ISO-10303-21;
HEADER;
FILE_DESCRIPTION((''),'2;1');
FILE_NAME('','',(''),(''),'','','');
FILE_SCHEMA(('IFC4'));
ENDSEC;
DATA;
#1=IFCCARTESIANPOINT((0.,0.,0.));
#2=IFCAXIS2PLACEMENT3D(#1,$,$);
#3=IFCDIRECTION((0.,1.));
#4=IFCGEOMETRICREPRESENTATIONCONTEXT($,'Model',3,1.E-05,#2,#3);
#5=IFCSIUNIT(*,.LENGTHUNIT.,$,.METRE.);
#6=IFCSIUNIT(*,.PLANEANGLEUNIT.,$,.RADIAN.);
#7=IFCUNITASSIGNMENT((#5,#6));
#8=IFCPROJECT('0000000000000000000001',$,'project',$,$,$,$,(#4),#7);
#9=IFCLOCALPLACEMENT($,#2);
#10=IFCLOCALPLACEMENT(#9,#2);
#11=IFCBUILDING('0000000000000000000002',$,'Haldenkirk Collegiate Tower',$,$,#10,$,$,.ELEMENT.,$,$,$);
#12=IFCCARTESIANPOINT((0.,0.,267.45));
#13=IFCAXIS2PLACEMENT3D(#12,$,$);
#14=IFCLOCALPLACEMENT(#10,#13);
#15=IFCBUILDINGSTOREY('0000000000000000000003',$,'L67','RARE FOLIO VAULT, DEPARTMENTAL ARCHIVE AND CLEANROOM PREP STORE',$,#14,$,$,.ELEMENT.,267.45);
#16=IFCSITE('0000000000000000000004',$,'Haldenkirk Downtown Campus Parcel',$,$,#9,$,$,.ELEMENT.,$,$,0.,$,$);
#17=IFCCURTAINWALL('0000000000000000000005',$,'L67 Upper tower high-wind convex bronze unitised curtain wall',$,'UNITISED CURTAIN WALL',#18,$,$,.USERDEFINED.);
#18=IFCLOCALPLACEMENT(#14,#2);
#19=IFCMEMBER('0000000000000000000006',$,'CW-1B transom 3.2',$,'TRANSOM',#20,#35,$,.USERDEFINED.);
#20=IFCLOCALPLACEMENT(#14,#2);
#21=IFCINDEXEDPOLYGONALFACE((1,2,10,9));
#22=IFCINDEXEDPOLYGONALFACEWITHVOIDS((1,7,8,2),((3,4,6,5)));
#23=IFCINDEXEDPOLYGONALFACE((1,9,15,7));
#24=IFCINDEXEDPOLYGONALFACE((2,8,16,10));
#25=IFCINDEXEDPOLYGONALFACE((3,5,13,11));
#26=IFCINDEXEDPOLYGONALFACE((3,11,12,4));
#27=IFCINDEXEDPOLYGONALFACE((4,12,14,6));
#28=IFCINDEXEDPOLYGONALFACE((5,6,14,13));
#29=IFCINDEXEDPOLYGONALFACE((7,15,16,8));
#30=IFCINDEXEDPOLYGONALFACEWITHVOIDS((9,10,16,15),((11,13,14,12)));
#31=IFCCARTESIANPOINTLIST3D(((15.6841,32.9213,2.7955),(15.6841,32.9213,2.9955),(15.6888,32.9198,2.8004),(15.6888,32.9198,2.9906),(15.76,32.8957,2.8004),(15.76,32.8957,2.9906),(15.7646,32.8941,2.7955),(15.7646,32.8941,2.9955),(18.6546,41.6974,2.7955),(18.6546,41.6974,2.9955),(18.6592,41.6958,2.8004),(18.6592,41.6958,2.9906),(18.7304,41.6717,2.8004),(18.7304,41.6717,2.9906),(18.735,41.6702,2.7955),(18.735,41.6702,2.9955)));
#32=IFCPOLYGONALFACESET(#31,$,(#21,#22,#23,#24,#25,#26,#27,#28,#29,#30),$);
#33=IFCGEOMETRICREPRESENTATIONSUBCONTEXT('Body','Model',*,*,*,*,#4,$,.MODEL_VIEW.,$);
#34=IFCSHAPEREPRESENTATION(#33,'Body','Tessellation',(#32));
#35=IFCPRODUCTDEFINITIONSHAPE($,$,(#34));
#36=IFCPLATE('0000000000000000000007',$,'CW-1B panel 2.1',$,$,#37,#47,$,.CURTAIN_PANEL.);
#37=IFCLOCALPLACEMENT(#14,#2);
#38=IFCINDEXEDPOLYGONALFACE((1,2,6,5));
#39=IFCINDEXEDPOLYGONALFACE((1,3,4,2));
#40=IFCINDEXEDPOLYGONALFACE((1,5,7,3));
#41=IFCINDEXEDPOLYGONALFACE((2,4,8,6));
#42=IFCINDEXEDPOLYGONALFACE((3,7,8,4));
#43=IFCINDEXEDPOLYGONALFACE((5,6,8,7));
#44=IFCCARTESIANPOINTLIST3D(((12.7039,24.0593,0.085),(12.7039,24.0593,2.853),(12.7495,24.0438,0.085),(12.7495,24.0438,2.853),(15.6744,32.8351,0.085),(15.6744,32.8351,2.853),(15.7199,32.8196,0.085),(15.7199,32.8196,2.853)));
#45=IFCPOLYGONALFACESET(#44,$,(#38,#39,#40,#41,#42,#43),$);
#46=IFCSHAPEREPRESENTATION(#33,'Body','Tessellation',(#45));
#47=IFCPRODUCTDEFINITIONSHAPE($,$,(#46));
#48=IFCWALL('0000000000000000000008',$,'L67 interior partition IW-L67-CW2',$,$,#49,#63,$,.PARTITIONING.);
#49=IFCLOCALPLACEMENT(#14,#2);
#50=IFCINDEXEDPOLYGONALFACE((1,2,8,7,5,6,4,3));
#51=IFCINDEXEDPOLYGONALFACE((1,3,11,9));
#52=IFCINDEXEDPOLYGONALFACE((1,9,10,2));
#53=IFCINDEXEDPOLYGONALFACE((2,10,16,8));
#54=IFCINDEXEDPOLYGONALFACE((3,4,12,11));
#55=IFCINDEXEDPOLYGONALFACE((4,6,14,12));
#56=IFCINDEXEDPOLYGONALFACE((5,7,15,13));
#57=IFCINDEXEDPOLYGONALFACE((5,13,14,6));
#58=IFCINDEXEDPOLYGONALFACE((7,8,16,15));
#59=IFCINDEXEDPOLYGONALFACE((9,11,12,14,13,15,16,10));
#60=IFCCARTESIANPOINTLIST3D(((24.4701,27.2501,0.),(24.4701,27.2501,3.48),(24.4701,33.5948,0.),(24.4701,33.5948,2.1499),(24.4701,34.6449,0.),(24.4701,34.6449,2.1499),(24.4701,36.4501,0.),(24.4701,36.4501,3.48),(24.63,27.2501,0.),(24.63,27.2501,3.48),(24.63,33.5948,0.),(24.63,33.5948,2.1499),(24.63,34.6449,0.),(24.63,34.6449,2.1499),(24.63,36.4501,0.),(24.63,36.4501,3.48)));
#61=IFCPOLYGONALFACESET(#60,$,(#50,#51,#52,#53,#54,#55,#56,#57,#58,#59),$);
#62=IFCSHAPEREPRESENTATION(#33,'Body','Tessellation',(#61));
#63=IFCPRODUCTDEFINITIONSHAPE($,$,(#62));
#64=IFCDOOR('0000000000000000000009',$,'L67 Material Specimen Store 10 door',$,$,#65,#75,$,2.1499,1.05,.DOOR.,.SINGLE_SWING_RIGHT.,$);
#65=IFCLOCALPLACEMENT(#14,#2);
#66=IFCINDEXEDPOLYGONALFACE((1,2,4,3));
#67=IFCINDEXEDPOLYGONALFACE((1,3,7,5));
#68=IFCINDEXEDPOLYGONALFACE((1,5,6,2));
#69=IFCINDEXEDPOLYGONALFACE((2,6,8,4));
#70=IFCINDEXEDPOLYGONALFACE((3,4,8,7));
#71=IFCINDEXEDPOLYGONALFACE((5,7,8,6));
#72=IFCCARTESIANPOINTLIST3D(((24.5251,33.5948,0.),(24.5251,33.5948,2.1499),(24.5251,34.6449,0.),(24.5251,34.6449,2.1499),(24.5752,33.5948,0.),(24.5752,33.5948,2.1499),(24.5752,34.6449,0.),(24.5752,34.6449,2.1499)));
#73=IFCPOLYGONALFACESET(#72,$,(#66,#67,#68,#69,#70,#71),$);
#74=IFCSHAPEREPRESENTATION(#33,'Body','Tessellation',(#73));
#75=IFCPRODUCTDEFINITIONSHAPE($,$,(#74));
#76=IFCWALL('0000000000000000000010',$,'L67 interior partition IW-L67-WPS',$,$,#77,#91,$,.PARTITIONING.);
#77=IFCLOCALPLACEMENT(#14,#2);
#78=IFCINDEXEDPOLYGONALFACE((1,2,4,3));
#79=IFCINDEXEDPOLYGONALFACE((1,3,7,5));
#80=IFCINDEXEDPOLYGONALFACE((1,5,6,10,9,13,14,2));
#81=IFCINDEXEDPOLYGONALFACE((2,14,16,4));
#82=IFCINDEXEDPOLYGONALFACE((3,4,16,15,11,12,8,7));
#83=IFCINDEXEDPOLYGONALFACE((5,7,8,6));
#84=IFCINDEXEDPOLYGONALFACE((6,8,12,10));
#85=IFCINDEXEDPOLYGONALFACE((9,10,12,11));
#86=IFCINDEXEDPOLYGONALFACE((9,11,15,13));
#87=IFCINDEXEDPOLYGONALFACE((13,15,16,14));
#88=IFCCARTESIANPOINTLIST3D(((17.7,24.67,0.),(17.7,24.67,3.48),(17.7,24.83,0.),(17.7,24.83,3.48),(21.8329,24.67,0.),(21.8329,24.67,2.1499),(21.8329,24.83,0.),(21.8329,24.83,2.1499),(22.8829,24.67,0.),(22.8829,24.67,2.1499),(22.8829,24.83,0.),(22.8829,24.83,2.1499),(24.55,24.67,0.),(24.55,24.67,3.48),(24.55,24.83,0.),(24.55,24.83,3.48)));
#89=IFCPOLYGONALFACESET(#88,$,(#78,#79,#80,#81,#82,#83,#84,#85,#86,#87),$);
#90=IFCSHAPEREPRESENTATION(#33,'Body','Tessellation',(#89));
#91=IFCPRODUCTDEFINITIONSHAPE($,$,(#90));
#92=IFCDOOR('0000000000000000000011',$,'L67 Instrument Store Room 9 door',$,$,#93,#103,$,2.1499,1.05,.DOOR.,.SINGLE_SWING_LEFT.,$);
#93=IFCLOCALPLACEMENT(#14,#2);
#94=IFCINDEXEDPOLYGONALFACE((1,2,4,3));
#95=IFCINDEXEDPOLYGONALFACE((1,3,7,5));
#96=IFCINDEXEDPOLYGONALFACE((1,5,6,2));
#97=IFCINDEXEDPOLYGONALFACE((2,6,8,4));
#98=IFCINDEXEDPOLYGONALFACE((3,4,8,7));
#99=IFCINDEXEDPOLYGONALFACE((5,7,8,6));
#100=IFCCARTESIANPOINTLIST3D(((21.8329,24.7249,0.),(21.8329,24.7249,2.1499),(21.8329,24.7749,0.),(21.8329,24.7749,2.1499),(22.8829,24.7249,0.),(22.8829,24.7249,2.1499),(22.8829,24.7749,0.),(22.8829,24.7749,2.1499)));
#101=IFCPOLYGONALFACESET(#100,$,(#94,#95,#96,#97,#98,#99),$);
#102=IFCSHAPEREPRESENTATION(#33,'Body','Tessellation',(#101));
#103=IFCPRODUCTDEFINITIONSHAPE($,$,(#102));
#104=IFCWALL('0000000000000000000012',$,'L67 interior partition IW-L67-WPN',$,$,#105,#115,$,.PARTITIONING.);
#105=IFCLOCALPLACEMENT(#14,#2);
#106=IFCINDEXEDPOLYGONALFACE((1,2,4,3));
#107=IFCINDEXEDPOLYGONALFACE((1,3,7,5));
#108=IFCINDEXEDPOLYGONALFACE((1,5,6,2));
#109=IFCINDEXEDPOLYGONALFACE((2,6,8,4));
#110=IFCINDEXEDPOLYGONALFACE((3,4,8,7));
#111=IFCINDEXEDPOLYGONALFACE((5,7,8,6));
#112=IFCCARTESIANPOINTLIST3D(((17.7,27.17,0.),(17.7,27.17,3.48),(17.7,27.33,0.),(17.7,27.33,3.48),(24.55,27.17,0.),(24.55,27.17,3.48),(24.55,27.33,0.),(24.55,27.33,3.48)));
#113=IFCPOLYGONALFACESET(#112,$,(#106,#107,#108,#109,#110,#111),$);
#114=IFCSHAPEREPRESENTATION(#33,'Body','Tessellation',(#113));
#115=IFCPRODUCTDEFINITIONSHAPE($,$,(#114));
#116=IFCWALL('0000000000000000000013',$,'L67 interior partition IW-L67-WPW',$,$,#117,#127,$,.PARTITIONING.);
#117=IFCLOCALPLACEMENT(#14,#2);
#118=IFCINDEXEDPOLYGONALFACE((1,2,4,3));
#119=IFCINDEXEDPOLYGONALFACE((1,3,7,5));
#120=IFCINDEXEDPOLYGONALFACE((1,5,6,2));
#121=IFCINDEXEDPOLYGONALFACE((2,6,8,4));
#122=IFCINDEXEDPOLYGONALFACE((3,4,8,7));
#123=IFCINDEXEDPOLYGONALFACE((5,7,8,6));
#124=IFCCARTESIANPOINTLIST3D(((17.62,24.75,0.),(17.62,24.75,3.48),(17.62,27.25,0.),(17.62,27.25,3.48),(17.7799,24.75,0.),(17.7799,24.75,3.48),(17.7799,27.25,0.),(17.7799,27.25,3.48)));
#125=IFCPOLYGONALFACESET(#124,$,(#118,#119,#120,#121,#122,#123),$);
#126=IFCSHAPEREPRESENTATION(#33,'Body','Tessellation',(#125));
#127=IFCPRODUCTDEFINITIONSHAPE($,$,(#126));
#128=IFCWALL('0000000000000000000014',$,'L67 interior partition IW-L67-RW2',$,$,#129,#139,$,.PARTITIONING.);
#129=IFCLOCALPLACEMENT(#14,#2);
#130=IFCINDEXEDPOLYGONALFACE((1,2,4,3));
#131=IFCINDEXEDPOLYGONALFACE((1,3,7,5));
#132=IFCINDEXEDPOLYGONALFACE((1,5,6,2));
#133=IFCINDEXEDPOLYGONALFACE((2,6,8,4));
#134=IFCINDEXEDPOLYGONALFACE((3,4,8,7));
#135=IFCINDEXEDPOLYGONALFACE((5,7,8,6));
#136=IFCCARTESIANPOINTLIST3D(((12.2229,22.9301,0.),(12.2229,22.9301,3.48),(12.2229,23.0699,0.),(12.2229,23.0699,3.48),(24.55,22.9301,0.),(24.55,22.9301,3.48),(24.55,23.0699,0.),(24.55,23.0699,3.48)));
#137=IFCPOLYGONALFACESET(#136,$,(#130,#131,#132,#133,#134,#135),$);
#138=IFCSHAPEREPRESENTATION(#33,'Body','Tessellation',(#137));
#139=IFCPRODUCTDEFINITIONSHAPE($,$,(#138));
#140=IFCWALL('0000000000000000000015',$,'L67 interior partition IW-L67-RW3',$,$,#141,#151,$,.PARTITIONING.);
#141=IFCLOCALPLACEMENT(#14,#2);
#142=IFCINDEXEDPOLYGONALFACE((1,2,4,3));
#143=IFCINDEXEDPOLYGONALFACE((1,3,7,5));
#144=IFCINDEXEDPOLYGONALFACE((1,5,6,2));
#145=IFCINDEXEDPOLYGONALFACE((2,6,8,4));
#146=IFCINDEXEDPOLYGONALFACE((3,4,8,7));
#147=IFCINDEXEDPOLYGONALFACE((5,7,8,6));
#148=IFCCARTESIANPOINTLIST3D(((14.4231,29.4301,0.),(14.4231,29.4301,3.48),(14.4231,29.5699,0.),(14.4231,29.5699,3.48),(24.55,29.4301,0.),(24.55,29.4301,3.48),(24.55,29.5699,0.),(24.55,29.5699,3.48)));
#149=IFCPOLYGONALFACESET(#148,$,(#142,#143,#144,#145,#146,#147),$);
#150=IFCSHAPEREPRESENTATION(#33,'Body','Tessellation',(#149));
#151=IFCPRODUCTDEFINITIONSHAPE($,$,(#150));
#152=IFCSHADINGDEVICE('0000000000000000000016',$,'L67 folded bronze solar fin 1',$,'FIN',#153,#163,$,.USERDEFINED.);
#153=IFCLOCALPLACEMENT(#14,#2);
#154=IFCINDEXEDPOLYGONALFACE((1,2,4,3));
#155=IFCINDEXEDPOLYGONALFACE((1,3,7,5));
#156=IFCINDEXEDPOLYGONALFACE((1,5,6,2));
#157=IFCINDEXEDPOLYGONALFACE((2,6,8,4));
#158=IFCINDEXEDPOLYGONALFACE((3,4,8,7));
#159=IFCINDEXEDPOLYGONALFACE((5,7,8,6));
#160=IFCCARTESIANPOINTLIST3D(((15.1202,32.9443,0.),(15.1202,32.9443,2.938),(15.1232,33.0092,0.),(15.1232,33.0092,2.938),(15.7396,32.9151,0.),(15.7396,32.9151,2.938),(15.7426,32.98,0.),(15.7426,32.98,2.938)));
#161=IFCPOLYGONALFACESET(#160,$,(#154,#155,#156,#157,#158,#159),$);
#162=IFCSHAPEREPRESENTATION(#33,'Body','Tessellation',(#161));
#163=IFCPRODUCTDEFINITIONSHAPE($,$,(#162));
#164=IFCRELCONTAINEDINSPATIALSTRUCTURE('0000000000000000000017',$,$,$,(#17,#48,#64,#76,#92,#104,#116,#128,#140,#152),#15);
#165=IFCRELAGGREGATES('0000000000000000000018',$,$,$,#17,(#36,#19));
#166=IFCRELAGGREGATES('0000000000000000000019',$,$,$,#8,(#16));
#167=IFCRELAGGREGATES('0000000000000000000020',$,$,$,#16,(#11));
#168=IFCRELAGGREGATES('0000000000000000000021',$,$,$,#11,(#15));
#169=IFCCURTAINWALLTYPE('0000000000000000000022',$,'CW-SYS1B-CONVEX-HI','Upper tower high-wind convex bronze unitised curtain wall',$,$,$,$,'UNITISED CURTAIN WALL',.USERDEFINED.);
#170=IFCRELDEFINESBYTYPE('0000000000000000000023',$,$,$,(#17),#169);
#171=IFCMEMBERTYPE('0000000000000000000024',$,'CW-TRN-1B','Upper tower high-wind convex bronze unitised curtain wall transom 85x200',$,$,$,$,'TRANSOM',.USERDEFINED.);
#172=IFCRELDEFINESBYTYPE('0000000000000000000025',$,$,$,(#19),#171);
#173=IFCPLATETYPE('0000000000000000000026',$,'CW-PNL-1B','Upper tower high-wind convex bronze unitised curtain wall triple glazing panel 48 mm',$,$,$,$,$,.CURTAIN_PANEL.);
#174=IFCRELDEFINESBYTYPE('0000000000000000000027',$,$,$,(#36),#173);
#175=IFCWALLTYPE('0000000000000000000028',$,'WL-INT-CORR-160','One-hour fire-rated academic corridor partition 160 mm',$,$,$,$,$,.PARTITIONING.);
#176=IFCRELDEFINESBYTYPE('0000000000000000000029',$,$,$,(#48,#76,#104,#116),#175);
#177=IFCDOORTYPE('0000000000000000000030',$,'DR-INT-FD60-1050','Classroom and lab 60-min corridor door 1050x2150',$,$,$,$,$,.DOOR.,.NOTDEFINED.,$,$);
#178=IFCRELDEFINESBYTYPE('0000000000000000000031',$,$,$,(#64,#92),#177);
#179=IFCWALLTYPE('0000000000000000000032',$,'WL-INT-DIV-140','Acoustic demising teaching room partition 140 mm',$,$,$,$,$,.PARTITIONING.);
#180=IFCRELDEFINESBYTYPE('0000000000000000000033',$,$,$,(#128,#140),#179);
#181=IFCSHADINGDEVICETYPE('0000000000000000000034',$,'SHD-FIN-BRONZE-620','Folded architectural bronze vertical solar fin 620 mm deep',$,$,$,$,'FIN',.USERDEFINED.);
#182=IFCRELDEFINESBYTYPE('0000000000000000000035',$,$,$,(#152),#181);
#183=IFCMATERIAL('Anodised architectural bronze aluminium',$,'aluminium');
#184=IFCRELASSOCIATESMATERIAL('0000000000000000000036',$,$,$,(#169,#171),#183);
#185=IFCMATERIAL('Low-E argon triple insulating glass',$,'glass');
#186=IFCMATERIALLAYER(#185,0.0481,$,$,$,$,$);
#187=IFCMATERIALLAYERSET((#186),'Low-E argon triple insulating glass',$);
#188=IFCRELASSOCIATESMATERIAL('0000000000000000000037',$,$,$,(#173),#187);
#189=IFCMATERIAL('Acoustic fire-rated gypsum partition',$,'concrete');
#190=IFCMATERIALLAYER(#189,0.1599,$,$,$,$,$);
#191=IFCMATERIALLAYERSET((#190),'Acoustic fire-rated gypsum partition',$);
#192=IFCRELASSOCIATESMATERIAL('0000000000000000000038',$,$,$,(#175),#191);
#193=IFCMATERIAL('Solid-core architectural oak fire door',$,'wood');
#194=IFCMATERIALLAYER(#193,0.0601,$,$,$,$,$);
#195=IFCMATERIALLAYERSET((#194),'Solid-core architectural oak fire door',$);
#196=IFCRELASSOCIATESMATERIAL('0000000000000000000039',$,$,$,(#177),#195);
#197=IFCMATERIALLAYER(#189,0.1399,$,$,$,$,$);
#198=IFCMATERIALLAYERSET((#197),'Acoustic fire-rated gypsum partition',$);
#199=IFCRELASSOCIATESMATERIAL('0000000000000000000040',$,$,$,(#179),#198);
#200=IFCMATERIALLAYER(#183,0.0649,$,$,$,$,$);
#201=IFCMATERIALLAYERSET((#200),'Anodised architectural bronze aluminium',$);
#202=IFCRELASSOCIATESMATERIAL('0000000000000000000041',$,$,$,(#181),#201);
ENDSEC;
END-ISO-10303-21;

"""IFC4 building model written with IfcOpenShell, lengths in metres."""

from ifc_helpers import new_model, si_unit, direction, frame, frame_2d, origin, origin_2d, place, context, subcontext, project, spatial, rectangle, hollow_rectangle, extrude, source, transform, mapped, material, layer, layer_set, material_profile, profile_set, type_object, element, fill, aggregate, save


model = new_model("IFC4")

# Units and contexts
model_context = context("Model", 3, precision=1e-05, world=origin(), true_north=direction((0.0, 1.0)))
body_context = subcontext(model_context, "Body", "Model", "MODEL_VIEW")
ifc_project = project(units=[si_unit("LENGTHUNIT", "METRE"), si_unit("PLANEANGLEUNIT", "RADIAN")], contexts=[model_context])

# Site, building, storey
site_placement = place(None, origin())
site = spatial("IfcSite", under=ifc_project, at=site_placement, Name="Haldenkirk Downtown Campus Parcel", CompositionType="ELEMENT", RefElevation=0.0)
building_placement = place(site_placement, origin())
building = spatial("IfcBuilding", under=site, at=building_placement, Name="Haldenkirk Collegiate Tower", CompositionType="ELEMENT")
storey_placement = place(building_placement, frame((0.0, 0.0, 267.45)))
storey = spatial("IfcBuildingStorey", under=building, at=storey_placement, Name="L67", Description="RARE FOLIO VAULT, DEPARTMENTAL ARCHIVE AND CLEANROOM PREP STORE", CompositionType="ELEMENT", Elevation=267.45)

# Curtain wall, member, plate
ifc_material_1 = material(Name="Anodised architectural bronze aluminium", Category="aluminium")
curtain_wall_type = type_object("IfcCurtainWallType", Name="CW-SYS1B-CONVEX-HI", Description="Upper tower high-wind convex bronze unitised curtain wall", ElementType="UNITISED CURTAIN WALL", PredefinedType="USERDEFINED", material=ifc_material_1)
curtain_wall_placement = place(storey_placement, origin())
curtain_wall = element("IfcCurtainWall", 1, at=curtain_wall_placement, inside=storey, type_object=curtain_wall_type, Name="L67 Upper tower high-wind convex bronze unitised curtain wall", ObjectType="UNITISED CURTAIN WALL", PredefinedType="USERDEFINED")
ifc_material_profile_1 = material_profile(ifc_material_1, hollow_rectangle(XDim=0.085, YDim=0.2, WallThickness=0.0049, at=origin_2d()), Name="CW-TRN-1B")
ifc_profile_set_1 = profile_set([ifc_material_profile_1], Name="Anodised architectural bronze aluminium")
member_type_1 = type_object("IfcMemberType", Name="CW-TRN-1B", Description="Upper tower high-wind convex bronze unitised curtain wall transom 85x200", ElementType="TRANSOM", PredefinedType="USERDEFINED", material=ifc_profile_set_1)
member_1_placement = place(storey_placement, frame((15.7244, 32.9077, 2.8955), z_axis=(0.320604, 0.947213, 0.0), x_axis=(-0.947213, 0.320604, 0.0)))
member_1 = element("IfcMember", 2, at=member_1_placement, type_object=member_type_1, Name="CW-1B transom 3.2", ObjectType="TRANSOM", PredefinedType="USERDEFINED", context=body_context, shape_type="SweptSolid", body=[
    extrude(hollow_rectangle(XDim=0.085, YDim=0.2, WallThickness=0.0049, at=origin_2d()), origin(), (0.0, 0.0, 1.0), 9.2651),
])
ifc_material_2 = material(Name="Low-E argon triple insulating glass", Category="glass")
ifc_layer_1 = layer(ifc_material_2, 0.0481)
ifc_layer_set_1 = layer_set([ifc_layer_1], Name="Low-E argon triple insulating glass")
plate_type = type_object("IfcPlateType", Name="CW-PNL-1B", Description="Upper tower high-wind convex bronze unitised curtain wall triple glazing panel 48 mm", PredefinedType="CURTAIN_PANEL", material=ifc_layer_set_1)
shared_shape_1 = source(origin(), body_context, "Body", "SweptSolid", [
    extrude(rectangle(XDim=9.2649, YDim=0.0481, at=origin_2d()), origin(), (0.0, 0.0, 1.0), 2.7681),
])
plate_placement = place(storey_placement, frame((14.2119, 28.4395, 0.085), z_axis=(0.0, 0.0, 1.0), x_axis=(0.320612, 0.947211, 0.0)))
plate = element("IfcPlate", 3, at=plate_placement, type_object=plate_type, Name="CW-1B panel 2.1", PredefinedType="CURTAIN_PANEL", context=body_context, shape_type="MappedRepresentation", body=[
    mapped(shared_shape_1, transform((0.0, 0.0, 0.0), x_axis=(1.0, 0.0, 0.0), y_axis=(0.0, 1.0, 0.0), z_axis=(0.0, 0.0, 1.0), scale=1.0)),
])
aggregate(curtain_wall, [plate, member_1])

# Walls, openings, doors
ifc_material_3 = material(Name="Acoustic fire-rated gypsum partition", Category="concrete")
ifc_layer_2 = layer(ifc_material_3, 0.1599)
ifc_layer_set_2 = layer_set([ifc_layer_2], Name="Acoustic fire-rated gypsum partition")
wall_type_1 = type_object("IfcWallType", Name="WL-INT-CORR-160", Description="One-hour fire-rated academic corridor partition 160 mm", PredefinedType="PARTITIONING", material=ifc_layer_set_2)
wall_1_placement = place(storey_placement, frame((24.55, 27.25, 0.0), z_axis=(0.0, 0.0, 1.0), x_axis=(0.0, 1.0, 0.0)))
wall_1 = element("IfcWall", 4, at=wall_1_placement, inside=storey, type_object=wall_type_1, Name="L67 interior partition IW-L67-CW2", PredefinedType="PARTITIONING", context=body_context, shape_type="SweptSolid", body=[
    extrude(rectangle(XDim=9.2, YDim=0.1599, at=frame_2d((4.6001, 0.0))), origin(), (0.0, 0.0, 1.0), 3.48),
])
opening_1_placement = place(wall_1_placement, frame((6.345, 0.0, 0.0)))
opening_1 = element("IfcOpeningElement", 5, at=opening_1_placement, cuts=wall_1, PredefinedType="OPENING", context=body_context, shape_type="SweptSolid", body=[
    extrude(rectangle(XDim=1.05, YDim=2.1499, at=frame_2d((0.5249, 1.075))), frame((0.0, 0.0898, 0.0), z_axis=(0.0, -1.0, 0.0), x_axis=(1.0, 0.0, 0.0)), (0.0, 0.0, 1.0), 0.1799),
])
ifc_material_4 = material(Name="Solid-core architectural oak fire door", Category="wood")
ifc_layer_3 = layer(ifc_material_4, 0.0601)
ifc_layer_set_3 = layer_set([ifc_layer_3], Name="Solid-core architectural oak fire door")
door_type = type_object("IfcDoorType", Name="DR-INT-FD60-1050", Description="Classroom and lab 60-min corridor door 1050x2150", OperationType="NOTDEFINED", PredefinedType="DOOR", material=ifc_layer_set_3)
door_1_placement = place(opening_1_placement, origin())
door_1 = element("IfcDoor", 6, at=door_1_placement, inside=storey, type_object=door_type, Name="L67 Material Specimen Store 10 door", OperationType="SINGLE_SWING_RIGHT", OverallHeight=2.1499, OverallWidth=1.05, PredefinedType="DOOR", context=body_context, shape_type="SweptSolid", body=[
    extrude(rectangle(XDim=1.05, YDim=2.1499, at=frame_2d((0.5249, 1.075))), frame((0.0, 0.0249, 0.0), z_axis=(0.0, -1.0, 0.0), x_axis=(1.0, 0.0, 0.0)), (0.0, 0.0, 1.0), 0.05),
])
fill(opening_1, door_1)
wall_2_placement = place(storey_placement, frame((17.7, 24.75, 0.0), z_axis=(0.0, 0.0, 1.0), x_axis=(1.0, 0.0, 0.0)))
wall_2 = element("IfcWall", 7, at=wall_2_placement, inside=storey, type_object=wall_type_1, Name="L67 interior partition IW-L67-WPS", PredefinedType="PARTITIONING", context=body_context, shape_type="SweptSolid", body=[
    extrude(rectangle(XDim=6.8501, YDim=0.1599, at=frame_2d((3.425, 0.0))), origin(), (0.0, 0.0, 1.0), 3.48),
])
opening_2_placement = place(wall_2_placement, frame((4.1331, 0.0, 0.0)))
opening_2 = element("IfcOpeningElement", 8, at=opening_2_placement, cuts=wall_2, PredefinedType="OPENING", context=body_context, shape_type="SweptSolid", body=[
    extrude(rectangle(XDim=1.05, YDim=2.1499, at=frame_2d((0.5249, 1.075))), frame((0.0, 0.0898, 0.0), z_axis=(0.0, -1.0, 0.0), x_axis=(1.0, 0.0, 0.0)), (0.0, 0.0, 1.0), 0.1799),
])
door_2_placement = place(opening_2_placement, origin())
door_2 = element("IfcDoor", 9, at=door_2_placement, inside=storey, type_object=door_type, Name="L67 Instrument Store Room 9 door", OperationType="SINGLE_SWING_LEFT", OverallHeight=2.1499, OverallWidth=1.05, PredefinedType="DOOR", context=body_context, shape_type="SweptSolid", body=[
    extrude(rectangle(XDim=1.05, YDim=2.1499, at=frame_2d((0.5249, 1.075))), frame((0.0, 0.0249, 0.0), z_axis=(0.0, -1.0, 0.0), x_axis=(1.0, 0.0, 0.0)), (0.0, 0.0, 1.0), 0.05),
])
fill(opening_2, door_2)

# Walls
wall_3_placement = place(storey_placement, frame((17.7, 27.25, 0.0), z_axis=(0.0, 0.0, 1.0), x_axis=(1.0, 0.0, 0.0)))
element("IfcWall", 10, at=wall_3_placement, inside=storey, type_object=wall_type_1, Name="L67 interior partition IW-L67-WPN", PredefinedType="PARTITIONING", context=body_context, shape_type="SweptSolid", body=[
    extrude(rectangle(XDim=6.8501, YDim=0.1599, at=frame_2d((3.425, 0.0))), origin(), (0.0, 0.0, 1.0), 3.48),
])
wall_4_placement = place(storey_placement, frame((17.7, 24.75, 0.0), z_axis=(0.0, 0.0, 1.0), x_axis=(0.0, 1.0, 0.0)))
element("IfcWall", 11, at=wall_4_placement, inside=storey, type_object=wall_type_1, Name="L67 interior partition IW-L67-WPW", PredefinedType="PARTITIONING", context=body_context, shape_type="SweptSolid", body=[
    extrude(rectangle(XDim=2.5, YDim=0.1599, at=frame_2d((1.25, 0.0))), origin(), (0.0, 0.0, 1.0), 3.48),
])
ifc_layer_4 = layer(ifc_material_3, 0.1399)
ifc_layer_set_4 = layer_set([ifc_layer_4], Name="Acoustic fire-rated gypsum partition")
wall_type_2 = type_object("IfcWallType", Name="WL-INT-DIV-140", Description="Acoustic demising teaching room partition 140 mm", PredefinedType="PARTITIONING", material=ifc_layer_set_4)
wall_5_placement = place(storey_placement, frame((12.2229, 23.0, 0.0), z_axis=(0.0, 0.0, 1.0), x_axis=(1.0, 0.0, 0.0)))
element("IfcWall", 12, at=wall_5_placement, inside=storey, type_object=wall_type_2, Name="L67 interior partition IW-L67-RW2", PredefinedType="PARTITIONING", context=body_context, shape_type="SweptSolid", body=[
    extrude(rectangle(XDim=12.3271, YDim=0.1399, at=frame_2d((6.1636, 0.0))), origin(), (0.0, 0.0, 1.0), 3.48),
])
wall_6_placement = place(storey_placement, frame((14.4231, 29.5, 0.0), z_axis=(0.0, 0.0, 1.0), x_axis=(1.0, 0.0, 0.0)))
element("IfcWall", 13, at=wall_6_placement, inside=storey, type_object=wall_type_2, Name="L67 interior partition IW-L67-RW3", PredefinedType="PARTITIONING", context=body_context, shape_type="SweptSolid", body=[
    extrude(rectangle(XDim=10.127, YDim=0.1399, at=frame_2d((5.0635, 0.0))), origin(), (0.0, 0.0, 1.0), 3.48),
])

# Shading device
ifc_layer_5 = layer(ifc_material_1, 0.0649)
ifc_layer_set_5 = layer_set([ifc_layer_5], Name="Anodised architectural bronze aluminium")
shading_device_type = type_object("IfcShadingDeviceType", Name="SHD-FIN-BRONZE-620", Description="Folded architectural bronze vertical solar fin 620 mm deep", ElementType="FIN", PredefinedType="USERDEFINED", material=ifc_layer_set_5)
shared_shape_2 = source(origin(), body_context, "Body", "SweptSolid", [
    extrude(rectangle(XDim=0.6201, YDim=0.0649, at=origin_2d()), origin(), (0.0, 0.0, 1.0), 2.938),
])
shading_device_placement = place(storey_placement, frame((15.4314, 32.9622, 0.0), z_axis=(0.0, 0.0, 1.0), x_axis=(-0.99889, 0.047106, 0.0)))
element("IfcShadingDevice", 14, at=shading_device_placement, inside=storey, type_object=shading_device_type, Name="L67 folded bronze solar fin 1", ObjectType="FIN", PredefinedType="USERDEFINED", context=body_context, shape_type="MappedRepresentation", body=[
    mapped(shared_shape_2, transform((0.0, 0.0, 0.0), x_axis=(1.0, 0.0, 0.0), y_axis=(0.0, 1.0, 0.0), z_axis=(0.0, 0.0, 1.0), scale=1.0)),
])

save(model, "model.ifc")
